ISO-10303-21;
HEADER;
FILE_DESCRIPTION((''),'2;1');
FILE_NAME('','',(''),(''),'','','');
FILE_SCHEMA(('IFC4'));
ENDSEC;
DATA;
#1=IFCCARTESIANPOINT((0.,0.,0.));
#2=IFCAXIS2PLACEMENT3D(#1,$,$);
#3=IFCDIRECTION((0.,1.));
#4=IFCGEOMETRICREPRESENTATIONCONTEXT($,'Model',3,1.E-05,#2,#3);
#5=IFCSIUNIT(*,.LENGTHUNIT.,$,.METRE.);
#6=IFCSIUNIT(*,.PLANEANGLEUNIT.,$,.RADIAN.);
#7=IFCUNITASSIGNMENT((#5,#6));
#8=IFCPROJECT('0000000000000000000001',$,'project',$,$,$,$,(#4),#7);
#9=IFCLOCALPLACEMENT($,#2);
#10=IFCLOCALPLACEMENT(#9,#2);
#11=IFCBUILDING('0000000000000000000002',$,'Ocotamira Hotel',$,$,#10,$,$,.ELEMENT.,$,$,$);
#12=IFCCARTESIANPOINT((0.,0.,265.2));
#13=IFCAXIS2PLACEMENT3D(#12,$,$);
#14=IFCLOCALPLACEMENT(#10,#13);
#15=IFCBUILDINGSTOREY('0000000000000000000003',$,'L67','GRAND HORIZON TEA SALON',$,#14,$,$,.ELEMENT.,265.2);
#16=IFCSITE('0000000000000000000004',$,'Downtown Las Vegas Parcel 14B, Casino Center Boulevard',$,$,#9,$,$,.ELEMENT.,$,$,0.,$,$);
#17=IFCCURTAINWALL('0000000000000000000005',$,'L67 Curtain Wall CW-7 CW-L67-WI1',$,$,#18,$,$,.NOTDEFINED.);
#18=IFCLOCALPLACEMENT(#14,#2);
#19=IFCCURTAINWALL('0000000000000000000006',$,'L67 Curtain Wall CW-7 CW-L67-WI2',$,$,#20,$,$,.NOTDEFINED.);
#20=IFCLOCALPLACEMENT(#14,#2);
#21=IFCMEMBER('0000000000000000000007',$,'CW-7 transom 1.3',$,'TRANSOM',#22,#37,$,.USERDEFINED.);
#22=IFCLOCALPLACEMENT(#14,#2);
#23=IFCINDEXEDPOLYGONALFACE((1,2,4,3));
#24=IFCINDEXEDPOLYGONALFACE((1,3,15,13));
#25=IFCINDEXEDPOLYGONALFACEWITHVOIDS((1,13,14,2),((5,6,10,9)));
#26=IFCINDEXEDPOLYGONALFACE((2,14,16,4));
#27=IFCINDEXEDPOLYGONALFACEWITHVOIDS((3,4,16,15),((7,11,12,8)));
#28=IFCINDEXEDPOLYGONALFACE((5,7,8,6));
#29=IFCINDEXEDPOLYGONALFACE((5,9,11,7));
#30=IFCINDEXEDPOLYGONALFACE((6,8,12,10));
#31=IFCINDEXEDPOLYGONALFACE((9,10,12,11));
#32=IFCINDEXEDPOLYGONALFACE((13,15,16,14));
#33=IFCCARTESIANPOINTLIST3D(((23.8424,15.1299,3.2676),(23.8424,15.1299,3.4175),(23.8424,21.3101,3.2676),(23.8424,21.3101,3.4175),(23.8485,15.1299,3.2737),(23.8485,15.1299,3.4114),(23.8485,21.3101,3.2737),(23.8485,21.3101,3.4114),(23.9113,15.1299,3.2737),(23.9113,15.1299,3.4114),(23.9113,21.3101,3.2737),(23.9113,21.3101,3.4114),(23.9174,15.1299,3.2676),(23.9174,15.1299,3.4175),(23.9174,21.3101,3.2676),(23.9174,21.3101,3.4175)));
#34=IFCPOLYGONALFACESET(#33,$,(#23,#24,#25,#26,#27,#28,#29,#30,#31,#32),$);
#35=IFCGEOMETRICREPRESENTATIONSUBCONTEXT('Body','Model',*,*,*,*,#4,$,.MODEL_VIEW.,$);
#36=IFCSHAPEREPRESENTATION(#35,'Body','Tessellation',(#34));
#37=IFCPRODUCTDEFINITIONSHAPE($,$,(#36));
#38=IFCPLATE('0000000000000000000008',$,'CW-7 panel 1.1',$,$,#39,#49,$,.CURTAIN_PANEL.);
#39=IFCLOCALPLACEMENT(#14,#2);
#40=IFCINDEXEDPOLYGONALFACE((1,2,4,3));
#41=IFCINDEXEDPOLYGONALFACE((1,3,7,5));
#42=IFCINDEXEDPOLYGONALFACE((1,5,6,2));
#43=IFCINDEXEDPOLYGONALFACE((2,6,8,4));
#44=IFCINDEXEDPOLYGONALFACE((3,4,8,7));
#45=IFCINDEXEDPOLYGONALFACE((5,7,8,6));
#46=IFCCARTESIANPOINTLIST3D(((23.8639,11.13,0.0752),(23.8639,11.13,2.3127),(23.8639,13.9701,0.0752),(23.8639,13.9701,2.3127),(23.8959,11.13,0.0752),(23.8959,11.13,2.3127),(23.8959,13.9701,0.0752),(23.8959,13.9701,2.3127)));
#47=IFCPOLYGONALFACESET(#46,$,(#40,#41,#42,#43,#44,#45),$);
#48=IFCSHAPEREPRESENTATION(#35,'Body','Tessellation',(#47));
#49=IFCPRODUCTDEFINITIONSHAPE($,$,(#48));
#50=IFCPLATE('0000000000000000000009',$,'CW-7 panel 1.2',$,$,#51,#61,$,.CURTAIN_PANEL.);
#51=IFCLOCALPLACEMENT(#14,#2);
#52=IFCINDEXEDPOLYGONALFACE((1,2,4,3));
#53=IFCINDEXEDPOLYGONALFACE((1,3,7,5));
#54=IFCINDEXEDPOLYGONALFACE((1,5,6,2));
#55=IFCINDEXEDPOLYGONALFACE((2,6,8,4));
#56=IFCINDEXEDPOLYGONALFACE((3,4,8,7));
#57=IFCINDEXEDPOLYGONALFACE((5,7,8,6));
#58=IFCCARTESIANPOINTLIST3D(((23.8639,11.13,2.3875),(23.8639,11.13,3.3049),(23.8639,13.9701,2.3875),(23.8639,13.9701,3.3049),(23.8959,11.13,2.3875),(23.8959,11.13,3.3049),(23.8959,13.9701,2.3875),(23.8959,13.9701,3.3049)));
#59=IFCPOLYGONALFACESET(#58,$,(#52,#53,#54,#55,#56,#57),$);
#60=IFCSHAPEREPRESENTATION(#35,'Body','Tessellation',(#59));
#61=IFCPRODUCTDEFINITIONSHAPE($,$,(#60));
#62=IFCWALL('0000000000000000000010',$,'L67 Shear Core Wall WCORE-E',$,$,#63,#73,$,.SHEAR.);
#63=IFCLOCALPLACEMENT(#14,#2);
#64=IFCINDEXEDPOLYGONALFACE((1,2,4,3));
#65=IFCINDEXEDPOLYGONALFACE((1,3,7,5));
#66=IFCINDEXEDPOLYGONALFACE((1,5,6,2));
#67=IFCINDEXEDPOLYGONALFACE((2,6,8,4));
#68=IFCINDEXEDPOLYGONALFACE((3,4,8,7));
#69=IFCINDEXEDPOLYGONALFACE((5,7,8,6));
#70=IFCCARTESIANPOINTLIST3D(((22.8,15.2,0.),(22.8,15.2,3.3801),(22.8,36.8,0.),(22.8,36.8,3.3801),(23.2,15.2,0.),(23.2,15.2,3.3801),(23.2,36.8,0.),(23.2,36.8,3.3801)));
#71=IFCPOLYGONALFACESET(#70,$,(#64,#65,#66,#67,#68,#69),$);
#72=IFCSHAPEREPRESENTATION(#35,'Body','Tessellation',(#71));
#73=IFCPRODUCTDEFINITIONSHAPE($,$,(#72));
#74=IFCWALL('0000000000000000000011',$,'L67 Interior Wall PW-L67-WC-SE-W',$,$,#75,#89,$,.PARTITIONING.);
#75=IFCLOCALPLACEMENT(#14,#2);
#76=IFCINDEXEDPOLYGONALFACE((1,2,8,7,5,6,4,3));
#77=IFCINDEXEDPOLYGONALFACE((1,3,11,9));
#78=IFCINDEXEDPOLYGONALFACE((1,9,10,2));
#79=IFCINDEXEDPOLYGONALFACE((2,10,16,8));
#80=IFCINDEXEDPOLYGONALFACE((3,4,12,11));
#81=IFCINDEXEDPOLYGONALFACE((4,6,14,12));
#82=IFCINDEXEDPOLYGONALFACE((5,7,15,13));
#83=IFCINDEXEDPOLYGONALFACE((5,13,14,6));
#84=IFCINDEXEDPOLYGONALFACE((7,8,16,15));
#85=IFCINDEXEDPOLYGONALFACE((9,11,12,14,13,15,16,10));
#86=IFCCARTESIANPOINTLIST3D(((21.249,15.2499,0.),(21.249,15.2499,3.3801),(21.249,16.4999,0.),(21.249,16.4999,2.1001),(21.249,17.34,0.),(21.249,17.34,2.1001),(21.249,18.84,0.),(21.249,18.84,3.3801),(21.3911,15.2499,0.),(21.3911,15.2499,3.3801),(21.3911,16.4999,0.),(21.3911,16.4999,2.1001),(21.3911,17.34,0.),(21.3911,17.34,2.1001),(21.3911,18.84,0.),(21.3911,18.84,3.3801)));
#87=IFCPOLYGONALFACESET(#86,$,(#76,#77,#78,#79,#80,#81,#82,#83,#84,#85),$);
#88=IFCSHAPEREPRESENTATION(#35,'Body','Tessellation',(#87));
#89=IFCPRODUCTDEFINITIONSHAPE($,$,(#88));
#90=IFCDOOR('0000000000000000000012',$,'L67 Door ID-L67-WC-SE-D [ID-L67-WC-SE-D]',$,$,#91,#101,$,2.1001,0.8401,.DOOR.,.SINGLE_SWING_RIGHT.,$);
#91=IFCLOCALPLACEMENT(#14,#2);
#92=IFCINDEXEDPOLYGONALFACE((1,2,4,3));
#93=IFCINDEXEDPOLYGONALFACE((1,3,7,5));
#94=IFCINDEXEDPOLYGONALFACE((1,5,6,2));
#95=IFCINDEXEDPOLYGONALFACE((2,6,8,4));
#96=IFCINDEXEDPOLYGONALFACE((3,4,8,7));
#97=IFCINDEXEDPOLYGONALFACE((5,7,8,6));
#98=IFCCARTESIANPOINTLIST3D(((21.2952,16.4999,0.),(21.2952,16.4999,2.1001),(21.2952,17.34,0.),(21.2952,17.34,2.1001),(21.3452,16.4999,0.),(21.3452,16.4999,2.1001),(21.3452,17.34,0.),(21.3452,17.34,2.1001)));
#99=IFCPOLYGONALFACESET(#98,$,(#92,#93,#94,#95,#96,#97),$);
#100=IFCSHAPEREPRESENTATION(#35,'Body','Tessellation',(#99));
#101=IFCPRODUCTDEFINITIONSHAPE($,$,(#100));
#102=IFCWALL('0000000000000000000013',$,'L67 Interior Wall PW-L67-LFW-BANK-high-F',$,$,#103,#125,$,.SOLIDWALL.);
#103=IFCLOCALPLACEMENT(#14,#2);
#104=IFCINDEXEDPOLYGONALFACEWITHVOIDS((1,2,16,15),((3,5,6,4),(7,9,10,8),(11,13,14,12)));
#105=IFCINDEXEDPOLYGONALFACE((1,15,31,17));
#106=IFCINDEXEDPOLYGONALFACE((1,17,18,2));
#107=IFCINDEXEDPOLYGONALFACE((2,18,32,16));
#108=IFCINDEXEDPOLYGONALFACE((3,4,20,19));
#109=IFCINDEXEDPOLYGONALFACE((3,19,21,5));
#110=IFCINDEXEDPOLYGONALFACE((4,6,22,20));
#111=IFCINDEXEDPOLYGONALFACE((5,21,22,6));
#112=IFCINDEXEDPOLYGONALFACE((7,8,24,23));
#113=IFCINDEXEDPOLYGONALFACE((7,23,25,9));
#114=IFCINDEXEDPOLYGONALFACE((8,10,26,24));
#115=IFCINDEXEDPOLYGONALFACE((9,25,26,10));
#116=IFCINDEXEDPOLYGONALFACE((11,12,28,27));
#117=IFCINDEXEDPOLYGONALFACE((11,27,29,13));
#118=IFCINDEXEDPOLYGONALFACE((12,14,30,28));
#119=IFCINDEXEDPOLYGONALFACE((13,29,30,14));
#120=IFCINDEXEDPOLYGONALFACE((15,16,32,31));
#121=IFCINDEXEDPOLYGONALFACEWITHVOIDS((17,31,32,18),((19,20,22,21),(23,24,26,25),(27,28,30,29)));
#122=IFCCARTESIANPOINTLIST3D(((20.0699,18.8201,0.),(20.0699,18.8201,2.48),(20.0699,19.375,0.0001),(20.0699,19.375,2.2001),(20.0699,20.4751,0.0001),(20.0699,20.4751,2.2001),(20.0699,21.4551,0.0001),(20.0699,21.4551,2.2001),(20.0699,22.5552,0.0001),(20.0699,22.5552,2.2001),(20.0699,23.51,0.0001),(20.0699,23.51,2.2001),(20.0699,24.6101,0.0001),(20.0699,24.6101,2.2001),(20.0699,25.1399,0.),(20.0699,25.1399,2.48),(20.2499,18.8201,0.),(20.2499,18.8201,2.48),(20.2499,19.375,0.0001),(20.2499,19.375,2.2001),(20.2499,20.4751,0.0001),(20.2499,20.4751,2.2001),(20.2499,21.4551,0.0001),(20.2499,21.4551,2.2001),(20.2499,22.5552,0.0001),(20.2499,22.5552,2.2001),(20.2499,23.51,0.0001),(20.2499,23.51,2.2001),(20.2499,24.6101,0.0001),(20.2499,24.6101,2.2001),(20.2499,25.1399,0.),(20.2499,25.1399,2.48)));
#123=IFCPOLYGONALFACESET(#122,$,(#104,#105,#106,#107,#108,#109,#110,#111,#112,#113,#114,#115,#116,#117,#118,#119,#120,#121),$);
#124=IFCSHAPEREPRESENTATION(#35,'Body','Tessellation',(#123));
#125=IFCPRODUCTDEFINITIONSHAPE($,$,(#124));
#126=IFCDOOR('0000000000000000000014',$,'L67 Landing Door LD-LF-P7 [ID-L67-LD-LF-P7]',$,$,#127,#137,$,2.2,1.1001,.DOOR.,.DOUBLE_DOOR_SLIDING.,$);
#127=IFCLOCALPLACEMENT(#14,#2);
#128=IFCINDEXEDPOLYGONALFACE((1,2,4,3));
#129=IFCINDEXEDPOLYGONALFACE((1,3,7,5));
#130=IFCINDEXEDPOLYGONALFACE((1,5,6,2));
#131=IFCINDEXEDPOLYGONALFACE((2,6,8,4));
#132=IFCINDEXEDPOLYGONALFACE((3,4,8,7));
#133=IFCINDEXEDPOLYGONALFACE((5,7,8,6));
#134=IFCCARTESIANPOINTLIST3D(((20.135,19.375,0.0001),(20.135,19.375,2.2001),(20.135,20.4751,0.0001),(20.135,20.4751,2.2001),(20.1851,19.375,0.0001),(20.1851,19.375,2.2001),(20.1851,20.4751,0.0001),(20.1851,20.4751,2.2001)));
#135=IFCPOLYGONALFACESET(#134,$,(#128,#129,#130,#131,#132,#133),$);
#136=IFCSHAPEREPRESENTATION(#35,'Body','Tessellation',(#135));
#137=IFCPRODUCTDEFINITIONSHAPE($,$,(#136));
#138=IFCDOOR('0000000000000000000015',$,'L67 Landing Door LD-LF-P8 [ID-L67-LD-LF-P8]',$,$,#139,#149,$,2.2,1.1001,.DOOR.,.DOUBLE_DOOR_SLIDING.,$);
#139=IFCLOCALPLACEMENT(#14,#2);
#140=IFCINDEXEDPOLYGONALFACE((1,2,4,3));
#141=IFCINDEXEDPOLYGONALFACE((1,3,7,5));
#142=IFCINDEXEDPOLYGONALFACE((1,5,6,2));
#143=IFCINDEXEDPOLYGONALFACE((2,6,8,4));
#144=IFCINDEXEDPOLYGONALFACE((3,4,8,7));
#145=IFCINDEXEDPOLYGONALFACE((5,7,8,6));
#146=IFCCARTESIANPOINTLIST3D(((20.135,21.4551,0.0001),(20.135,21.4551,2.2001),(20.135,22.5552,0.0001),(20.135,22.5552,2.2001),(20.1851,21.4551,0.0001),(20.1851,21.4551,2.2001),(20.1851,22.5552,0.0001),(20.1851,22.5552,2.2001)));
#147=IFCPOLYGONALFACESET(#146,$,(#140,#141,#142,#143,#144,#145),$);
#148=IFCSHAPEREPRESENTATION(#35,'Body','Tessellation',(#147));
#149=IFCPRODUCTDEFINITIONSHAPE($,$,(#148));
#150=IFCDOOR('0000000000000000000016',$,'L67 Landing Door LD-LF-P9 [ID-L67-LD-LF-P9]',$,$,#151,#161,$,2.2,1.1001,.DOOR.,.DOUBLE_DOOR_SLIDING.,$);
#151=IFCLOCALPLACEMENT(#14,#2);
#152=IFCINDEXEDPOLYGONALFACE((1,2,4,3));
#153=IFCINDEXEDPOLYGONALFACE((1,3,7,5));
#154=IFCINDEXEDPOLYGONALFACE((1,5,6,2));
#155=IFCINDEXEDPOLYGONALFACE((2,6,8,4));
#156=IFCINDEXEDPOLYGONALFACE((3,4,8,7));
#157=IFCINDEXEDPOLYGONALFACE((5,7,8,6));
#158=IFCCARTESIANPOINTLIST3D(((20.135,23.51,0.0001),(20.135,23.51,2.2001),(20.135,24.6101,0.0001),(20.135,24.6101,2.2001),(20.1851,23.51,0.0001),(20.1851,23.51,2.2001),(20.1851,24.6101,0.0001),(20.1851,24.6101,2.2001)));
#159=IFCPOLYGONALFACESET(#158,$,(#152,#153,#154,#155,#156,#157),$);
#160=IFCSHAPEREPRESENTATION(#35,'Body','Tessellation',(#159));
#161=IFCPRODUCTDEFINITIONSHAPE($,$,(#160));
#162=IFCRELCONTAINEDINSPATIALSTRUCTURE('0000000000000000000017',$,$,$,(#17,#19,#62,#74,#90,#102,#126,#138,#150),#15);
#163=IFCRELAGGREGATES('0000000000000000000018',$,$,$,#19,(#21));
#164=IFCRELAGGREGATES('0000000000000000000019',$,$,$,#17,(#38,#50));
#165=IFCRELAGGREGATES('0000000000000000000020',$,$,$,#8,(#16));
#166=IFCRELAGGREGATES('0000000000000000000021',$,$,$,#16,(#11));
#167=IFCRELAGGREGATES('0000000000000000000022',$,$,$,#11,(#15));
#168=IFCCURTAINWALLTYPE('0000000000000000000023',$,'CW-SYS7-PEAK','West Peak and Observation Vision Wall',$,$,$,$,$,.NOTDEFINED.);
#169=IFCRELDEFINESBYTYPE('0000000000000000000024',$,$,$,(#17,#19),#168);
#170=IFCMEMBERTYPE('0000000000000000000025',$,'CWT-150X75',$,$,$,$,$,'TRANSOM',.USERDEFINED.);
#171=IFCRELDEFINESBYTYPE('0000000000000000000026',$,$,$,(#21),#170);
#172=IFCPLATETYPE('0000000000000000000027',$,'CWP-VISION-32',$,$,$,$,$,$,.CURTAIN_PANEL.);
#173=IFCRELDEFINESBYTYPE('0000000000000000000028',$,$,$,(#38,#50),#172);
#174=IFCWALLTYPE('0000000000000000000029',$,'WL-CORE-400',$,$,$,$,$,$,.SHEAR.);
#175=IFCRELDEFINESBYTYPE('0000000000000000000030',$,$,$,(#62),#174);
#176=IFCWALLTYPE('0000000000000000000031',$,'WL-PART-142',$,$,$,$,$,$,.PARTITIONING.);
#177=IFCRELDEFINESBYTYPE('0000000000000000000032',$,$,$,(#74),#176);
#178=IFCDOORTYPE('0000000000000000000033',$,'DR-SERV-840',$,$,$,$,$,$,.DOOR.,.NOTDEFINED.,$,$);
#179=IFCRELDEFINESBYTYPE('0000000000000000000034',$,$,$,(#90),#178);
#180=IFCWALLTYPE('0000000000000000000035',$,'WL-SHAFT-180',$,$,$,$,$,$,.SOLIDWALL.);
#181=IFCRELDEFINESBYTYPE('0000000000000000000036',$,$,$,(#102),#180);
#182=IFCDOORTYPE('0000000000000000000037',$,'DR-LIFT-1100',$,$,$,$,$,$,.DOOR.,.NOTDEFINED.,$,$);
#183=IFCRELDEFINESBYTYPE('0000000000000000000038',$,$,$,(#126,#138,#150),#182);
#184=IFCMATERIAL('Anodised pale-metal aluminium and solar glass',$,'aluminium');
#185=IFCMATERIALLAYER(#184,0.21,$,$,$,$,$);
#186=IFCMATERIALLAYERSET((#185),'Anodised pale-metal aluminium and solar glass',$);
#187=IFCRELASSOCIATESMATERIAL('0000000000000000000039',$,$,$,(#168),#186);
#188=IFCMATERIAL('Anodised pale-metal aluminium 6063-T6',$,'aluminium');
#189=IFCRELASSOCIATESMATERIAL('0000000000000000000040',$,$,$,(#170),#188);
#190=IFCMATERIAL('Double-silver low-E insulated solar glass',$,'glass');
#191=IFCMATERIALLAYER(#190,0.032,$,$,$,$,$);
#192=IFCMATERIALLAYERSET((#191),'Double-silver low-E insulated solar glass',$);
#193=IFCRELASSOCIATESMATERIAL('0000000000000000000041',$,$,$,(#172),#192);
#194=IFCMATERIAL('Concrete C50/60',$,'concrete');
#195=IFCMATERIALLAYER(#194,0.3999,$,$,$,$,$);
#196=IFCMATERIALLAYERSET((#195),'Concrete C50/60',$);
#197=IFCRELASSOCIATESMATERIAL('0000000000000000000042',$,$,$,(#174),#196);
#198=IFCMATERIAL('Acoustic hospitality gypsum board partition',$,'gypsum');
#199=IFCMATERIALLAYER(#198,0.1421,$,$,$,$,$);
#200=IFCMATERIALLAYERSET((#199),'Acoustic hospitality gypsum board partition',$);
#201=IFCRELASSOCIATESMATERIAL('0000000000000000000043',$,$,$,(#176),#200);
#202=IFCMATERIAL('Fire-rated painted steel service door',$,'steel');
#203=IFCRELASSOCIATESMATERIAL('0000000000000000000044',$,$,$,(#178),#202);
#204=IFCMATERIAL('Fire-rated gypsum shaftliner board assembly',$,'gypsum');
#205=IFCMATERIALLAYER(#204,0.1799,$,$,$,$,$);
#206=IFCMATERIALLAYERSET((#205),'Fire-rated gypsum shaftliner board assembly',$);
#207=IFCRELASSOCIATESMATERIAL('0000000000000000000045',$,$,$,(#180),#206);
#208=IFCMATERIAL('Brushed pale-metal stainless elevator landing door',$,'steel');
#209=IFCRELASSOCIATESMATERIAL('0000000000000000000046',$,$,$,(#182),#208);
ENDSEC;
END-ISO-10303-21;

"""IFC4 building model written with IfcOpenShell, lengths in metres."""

from ifc_helpers import new_model, si_unit, direction, frame, frame_2d, origin, origin_2d, place, context, subcontext, project, spatial, rectangle, hollow_rectangle, extrude, source, transform, mapped, material, layer, layer_set, material_profile, profile_set, type_object, element, fill, aggregate, save


model = new_model("IFC4")

# Units and contexts
model_context = context("Model", 3, precision=1e-05, world=origin(), true_north=direction((0.0, 1.0)))
body_context = subcontext(model_context, "Body", "Model", "MODEL_VIEW")
ifc_project = project(units=[si_unit("LENGTHUNIT", "METRE"), si_unit("PLANEANGLEUNIT", "RADIAN")], contexts=[model_context])

# Site, building, storey
site_placement = place(None, origin())
site = spatial("IfcSite", under=ifc_project, at=site_placement, Name="Downtown Las Vegas Parcel 14B, Casino Center Boulevard", CompositionType="ELEMENT", RefElevation=0.0)
building_placement = place(site_placement, origin())
building = spatial("IfcBuilding", under=site, at=building_placement, Name="Ocotamira Hotel", CompositionType="ELEMENT")
storey_placement = place(building_placement, frame((0.0, 0.0, 265.2)))
storey = spatial("IfcBuildingStorey", under=building, at=storey_placement, Name="L67", Description="GRAND HORIZON TEA SALON", CompositionType="ELEMENT", Elevation=265.2)

# Curtain wall
ifc_material_1 = material(Name="Anodised pale-metal aluminium and solar glass", Category="aluminium")
ifc_layer_1 = layer(ifc_material_1, 0.21)
ifc_layer_set_1 = layer_set([ifc_layer_1], Name="Anodised pale-metal aluminium and solar glass")
curtain_wall_type = type_object("IfcCurtainWallType", Name="CW-SYS7-PEAK", Description="West Peak and Observation Vision Wall", PredefinedType="NOTDEFINED", material=ifc_layer_set_1)
curtain_wall_1_placement = place(storey_placement, origin())
curtain_wall_1 = element("IfcCurtainWall", 1, at=curtain_wall_1_placement, inside=storey, type_object=curtain_wall_type, Name="L67 Curtain Wall CW-7 CW-L67-WI1", PredefinedType="NOTDEFINED")
ifc_material_2 = material(Name="Anodised pale-metal aluminium 6063-T6", Category="aluminium")

# Curtain wall, member
curtain_wall_2_placement = place(storey_placement, origin())
curtain_wall_2 = element("IfcCurtainWall", 2, at=curtain_wall_2_placement, inside=storey, type_object=curtain_wall_type, Name="L67 Curtain Wall CW-7 CW-L67-WI2", PredefinedType="NOTDEFINED")
ifc_material_profile_1 = material_profile(ifc_material_2, hollow_rectangle(XDim=0.075, YDim=0.1499, WallThickness=0.0061, at=origin_2d()), Name="HSS150X75X6")
ifc_profile_set_1 = profile_set([ifc_material_profile_1], Name="Anodised pale-metal aluminium 6063-T6")
member_type_1 = type_object("IfcMemberType", Name="CWT-150X75", ElementType="TRANSOM", PredefinedType="USERDEFINED", material=ifc_profile_set_1)
shared_shape_1 = source(origin(), body_context, "Body", "SweptSolid", [
    extrude(hollow_rectangle(XDim=0.075, YDim=0.1499, WallThickness=0.0061, at=origin_2d()), origin(), (0.0, 0.0, 1.0), 6.1802),
])
member_1_placement = place(storey_placement, frame((23.8799, 15.1299, 3.3425), z_axis=(0.0, 1.0, 0.0), x_axis=(-1.0, 0.0, 0.0)))
member_1 = element("IfcMember", 3, at=member_1_placement, type_object=member_type_1, Name="CW-7 transom 1.3", ObjectType="TRANSOM", PredefinedType="USERDEFINED", context=body_context, shape_type="MappedRepresentation", body=[
    mapped(shared_shape_1, transform((0.0, 0.0, 0.0), scale=1.0)),
])
aggregate(curtain_wall_2, [member_1])

# Plates
ifc_material_3 = material(Name="Double-silver low-E insulated solar glass", Category="glass")
ifc_layer_2 = layer(ifc_material_3, 0.032)
ifc_layer_set_2 = layer_set([ifc_layer_2], Name="Double-silver low-E insulated solar glass")
plate_type = type_object("IfcPlateType", Name="CWP-VISION-32", PredefinedType="CURTAIN_PANEL", material=ifc_layer_set_2)
shared_shape_2 = source(origin(), body_context, "Body", "SweptSolid", [
    extrude(rectangle(XDim=2.8401, YDim=0.032, at=origin_2d()), origin(), (0.0, 0.0, 1.0), 2.2375),
])
plate_1_placement = place(storey_placement, frame((23.8799, 12.55, 0.0752), z_axis=(0.0, 0.0, 1.0), x_axis=(0.0, 1.0, 0.0)))
plate_1 = element("IfcPlate", 4, at=plate_1_placement, type_object=plate_type, Name="CW-7 panel 1.1", PredefinedType="CURTAIN_PANEL", context=body_context, shape_type="MappedRepresentation", body=[
    mapped(shared_shape_2, transform((0.0, 0.0, 0.0), scale=1.0)),
])
shared_shape_3 = source(origin(), body_context, "Body", "SweptSolid", [
    extrude(rectangle(XDim=2.8401, YDim=0.032, at=origin_2d()), origin(), (0.0, 0.0, 1.0), 0.9175),
])
plate_2_placement = place(storey_placement, frame((23.8799, 12.55, 2.3875), z_axis=(0.0, 0.0, 1.0), x_axis=(0.0, 1.0, 0.0)))
plate_2 = element("IfcPlate", 5, at=plate_2_placement, type_object=plate_type, Name="CW-7 panel 1.2", PredefinedType="CURTAIN_PANEL", context=body_context, shape_type="MappedRepresentation", body=[
    mapped(shared_shape_3, transform((0.0, 0.0, 0.0), scale=1.0)),
])
aggregate(curtain_wall_1, [plate_1, plate_2])

# Wall
ifc_material_4 = material(Name="Concrete C50/60", Category="concrete")
ifc_layer_3 = layer(ifc_material_4, 0.3999)
ifc_layer_set_3 = layer_set([ifc_layer_3], Name="Concrete C50/60")
wall_type_1 = type_object("IfcWallType", Name="WL-CORE-400", PredefinedType="SHEAR", material=ifc_layer_set_3)
wall_1_placement = place(storey_placement, frame((23.0, 15.2, 0.0), z_axis=(0.0, 0.0, 1.0), x_axis=(0.0, 1.0, 0.0)))
element("IfcWall", 6, at=wall_1_placement, inside=storey, type_object=wall_type_1, Name="L67 Shear Core Wall WCORE-E", PredefinedType="SHEAR", context=body_context, shape_type="SweptSolid", body=[
    extrude(rectangle(XDim=21.6001, YDim=0.3999, at=frame_2d((10.8, 0.0))), origin(), (0.0, 0.0, 1.0), 3.3801),
])

# Wall, opening, door
ifc_material_5 = material(Name="Acoustic hospitality gypsum board partition", Category="gypsum")
ifc_layer_4 = layer(ifc_material_5, 0.1421)
ifc_layer_set_4 = layer_set([ifc_layer_4], Name="Acoustic hospitality gypsum board partition")
wall_type_2 = type_object("IfcWallType", Name="WL-PART-142", PredefinedType="PARTITIONING", material=ifc_layer_set_4)
wall_2_placement = place(storey_placement, frame((21.3201, 15.25, 0.0), z_axis=(0.0, 0.0, 1.0), x_axis=(0.0, 1.0, 0.0)))
wall_2 = element("IfcWall", 7, at=wall_2_placement, inside=storey, type_object=wall_type_2, Name="L67 Interior Wall PW-L67-WC-SE-W", PredefinedType="PARTITIONING", context=body_context, shape_type="SweptSolid", body=[
    extrude(rectangle(XDim=3.5901, YDim=0.1421, at=frame_2d((1.7949, 0.0))), origin(), (0.0, 0.0, 1.0), 3.3801),
])
opening_1_placement = place(wall_2_placement, frame((1.25, 0.0, 0.0)))
opening_1 = element("IfcOpeningElement", 8, at=opening_1_placement, cuts=wall_2, PredefinedType="OPENING", context=body_context, shape_type="SweptSolid", body=[
    extrude(rectangle(XDim=0.8401, YDim=2.1001, at=frame_2d((0.4199, 1.05))), frame((0.0, 0.0811, 0.0), z_axis=(0.0, -1.0, 0.0), x_axis=(1.0, 0.0, 0.0)), (0.0, 0.0, 1.0), 0.1621),
])
ifc_material_6 = material(Name="Fire-rated painted steel service door", Category="steel")
door_type_1 = type_object("IfcDoorType", Name="DR-SERV-840", OperationType="NOTDEFINED", PredefinedType="DOOR", material=ifc_material_6)
shared_shape_4 = source(origin(), body_context, "Body", "SweptSolid", [
    extrude(rectangle(XDim=0.8401, YDim=2.1001, at=frame_2d((0.4199, 1.05))), frame((0.0, 0.0249, 0.0), z_axis=(0.0, -1.0, 0.0), x_axis=(1.0, 0.0, 0.0)), (0.0, 0.0, 1.0), 0.05),
])
door_1_placement = place(opening_1_placement, origin())
door_1 = element("IfcDoor", 9, at=door_1_placement, inside=storey, type_object=door_type_1, Name="L67 Door ID-L67-WC-SE-D [ID-L67-WC-SE-D]", OperationType="SINGLE_SWING_RIGHT", OverallHeight=2.1001, OverallWidth=0.8401, PredefinedType="DOOR", context=body_context, shape_type="MappedRepresentation", body=[
    mapped(shared_shape_4, transform((0.0, 0.0, 0.0), scale=1.0)),
])
fill(opening_1, door_1)

# Wall, openings, doors
ifc_material_7 = material(Name="Fire-rated gypsum shaftliner board assembly", Category="gypsum")
ifc_layer_5 = layer(ifc_material_7, 0.1799)
ifc_layer_set_5 = layer_set([ifc_layer_5], Name="Fire-rated gypsum shaftliner board assembly")
wall_type_3 = type_object("IfcWallType", Name="WL-SHAFT-180", PredefinedType="SOLIDWALL", material=ifc_layer_set_5)
wall_3_placement = place(storey_placement, frame((20.1599, 18.8201, 0.0), z_axis=(0.0, 0.0, 1.0), x_axis=(0.0, 1.0, 0.0)))
wall_3 = element("IfcWall", 10, at=wall_3_placement, inside=storey, type_object=wall_type_3, Name="L67 Interior Wall PW-L67-LFW-BANK-high-F", PredefinedType="SOLIDWALL", context=body_context, shape_type="SweptSolid", body=[
    extrude(rectangle(XDim=6.3198, YDim=0.1799, at=frame_2d((3.1599, 0.0))), origin(), (0.0, 0.0, 1.0), 2.48),
])
opening_2_placement = place(wall_3_placement, frame((0.5549, 0.0, 0.0)))
opening_2 = element("IfcOpeningElement", 11, at=opening_2_placement, cuts=wall_3, PredefinedType="OPENING", context=body_context, shape_type="SweptSolid", body=[
    extrude(rectangle(XDim=1.1001, YDim=2.2, at=frame_2d((0.55, 1.1001))), frame((0.0, 0.1001, 0.0), z_axis=(0.0, -1.0, 0.0), x_axis=(1.0, 0.0, 0.0)), (0.0, 0.0, 1.0), 0.2),
])
opening_3_placement = place(wall_3_placement, frame((2.635, 0.0, 0.0)))
opening_3 = element("IfcOpeningElement", 12, at=opening_3_placement, cuts=wall_3, PredefinedType="OPENING", context=body_context, shape_type="SweptSolid", body=[
    extrude(rectangle(XDim=1.1001, YDim=2.2, at=frame_2d((0.55, 1.1001))), frame((0.0, 0.1001, 0.0), z_axis=(0.0, -1.0, 0.0), x_axis=(1.0, 0.0, 0.0)), (0.0, 0.0, 1.0), 0.2),
])
opening_4_placement = place(wall_3_placement, frame((4.6899, 0.0, 0.0)))
opening_4 = element("IfcOpeningElement", 13, at=opening_4_placement, cuts=wall_3, PredefinedType="OPENING", context=body_context, shape_type="SweptSolid", body=[
    extrude(rectangle(XDim=1.1001, YDim=2.2, at=frame_2d((0.55, 1.1001))), frame((0.0, 0.1001, 0.0), z_axis=(0.0, -1.0, 0.0), x_axis=(1.0, 0.0, 0.0)), (0.0, 0.0, 1.0), 0.2),
])
ifc_material_8 = material(Name="Brushed pale-metal stainless elevator landing door", Category="steel")
door_type_2 = type_object("IfcDoorType", Name="DR-LIFT-1100", OperationType="NOTDEFINED", PredefinedType="DOOR", material=ifc_material_8)
shared_shape_5 = source(origin(), body_context, "Body", "SweptSolid", [
    extrude(rectangle(XDim=1.1001, YDim=2.2, at=frame_2d((0.55, 1.1001))), frame((0.0, 0.0249, 0.0), z_axis=(0.0, -1.0, 0.0), x_axis=(1.0, 0.0, 0.0)), (0.0, 0.0, 1.0), 0.05),
])
door_2_placement = place(opening_2_placement, origin())
door_2 = element("IfcDoor", 14, at=door_2_placement, inside=storey, type_object=door_type_2, Name="L67 Landing Door LD-LF-P7 [ID-L67-LD-LF-P7]", OperationType="DOUBLE_DOOR_SLIDING", OverallHeight=2.2, OverallWidth=1.1001, PredefinedType="DOOR", context=body_context, shape_type="MappedRepresentation", body=[
    mapped(shared_shape_5, transform((0.0, 0.0, 0.0), scale=1.0)),
])
fill(opening_2, door_2)
door_3_placement = place(opening_3_placement, origin())
door_3 = element("IfcDoor", 15, at=door_3_placement, inside=storey, type_object=door_type_2, Name="L67 Landing Door LD-LF-P8 [ID-L67-LD-LF-P8]", OperationType="DOUBLE_DOOR_SLIDING", OverallHeight=2.2, OverallWidth=1.1001, PredefinedType="DOOR", context=body_context, shape_type="MappedRepresentation", body=[
    mapped(shared_shape_5, transform((0.0, 0.0, 0.0), scale=1.0)),
])
fill(opening_3, door_3)
door_4_placement = place(opening_4_placement, origin())
door_4 = element("IfcDoor", 16, at=door_4_placement, inside=storey, type_object=door_type_2, Name="L67 Landing Door LD-LF-P9 [ID-L67-LD-LF-P9]", OperationType="DOUBLE_DOOR_SLIDING", OverallHeight=2.2, OverallWidth=1.1001, PredefinedType="DOOR", context=body_context, shape_type="MappedRepresentation", body=[
    mapped(shared_shape_5, transform((0.0, 0.0, 0.0), scale=1.0)),
])
fill(opening_4, door_4)

save(model, "model.ifc")
